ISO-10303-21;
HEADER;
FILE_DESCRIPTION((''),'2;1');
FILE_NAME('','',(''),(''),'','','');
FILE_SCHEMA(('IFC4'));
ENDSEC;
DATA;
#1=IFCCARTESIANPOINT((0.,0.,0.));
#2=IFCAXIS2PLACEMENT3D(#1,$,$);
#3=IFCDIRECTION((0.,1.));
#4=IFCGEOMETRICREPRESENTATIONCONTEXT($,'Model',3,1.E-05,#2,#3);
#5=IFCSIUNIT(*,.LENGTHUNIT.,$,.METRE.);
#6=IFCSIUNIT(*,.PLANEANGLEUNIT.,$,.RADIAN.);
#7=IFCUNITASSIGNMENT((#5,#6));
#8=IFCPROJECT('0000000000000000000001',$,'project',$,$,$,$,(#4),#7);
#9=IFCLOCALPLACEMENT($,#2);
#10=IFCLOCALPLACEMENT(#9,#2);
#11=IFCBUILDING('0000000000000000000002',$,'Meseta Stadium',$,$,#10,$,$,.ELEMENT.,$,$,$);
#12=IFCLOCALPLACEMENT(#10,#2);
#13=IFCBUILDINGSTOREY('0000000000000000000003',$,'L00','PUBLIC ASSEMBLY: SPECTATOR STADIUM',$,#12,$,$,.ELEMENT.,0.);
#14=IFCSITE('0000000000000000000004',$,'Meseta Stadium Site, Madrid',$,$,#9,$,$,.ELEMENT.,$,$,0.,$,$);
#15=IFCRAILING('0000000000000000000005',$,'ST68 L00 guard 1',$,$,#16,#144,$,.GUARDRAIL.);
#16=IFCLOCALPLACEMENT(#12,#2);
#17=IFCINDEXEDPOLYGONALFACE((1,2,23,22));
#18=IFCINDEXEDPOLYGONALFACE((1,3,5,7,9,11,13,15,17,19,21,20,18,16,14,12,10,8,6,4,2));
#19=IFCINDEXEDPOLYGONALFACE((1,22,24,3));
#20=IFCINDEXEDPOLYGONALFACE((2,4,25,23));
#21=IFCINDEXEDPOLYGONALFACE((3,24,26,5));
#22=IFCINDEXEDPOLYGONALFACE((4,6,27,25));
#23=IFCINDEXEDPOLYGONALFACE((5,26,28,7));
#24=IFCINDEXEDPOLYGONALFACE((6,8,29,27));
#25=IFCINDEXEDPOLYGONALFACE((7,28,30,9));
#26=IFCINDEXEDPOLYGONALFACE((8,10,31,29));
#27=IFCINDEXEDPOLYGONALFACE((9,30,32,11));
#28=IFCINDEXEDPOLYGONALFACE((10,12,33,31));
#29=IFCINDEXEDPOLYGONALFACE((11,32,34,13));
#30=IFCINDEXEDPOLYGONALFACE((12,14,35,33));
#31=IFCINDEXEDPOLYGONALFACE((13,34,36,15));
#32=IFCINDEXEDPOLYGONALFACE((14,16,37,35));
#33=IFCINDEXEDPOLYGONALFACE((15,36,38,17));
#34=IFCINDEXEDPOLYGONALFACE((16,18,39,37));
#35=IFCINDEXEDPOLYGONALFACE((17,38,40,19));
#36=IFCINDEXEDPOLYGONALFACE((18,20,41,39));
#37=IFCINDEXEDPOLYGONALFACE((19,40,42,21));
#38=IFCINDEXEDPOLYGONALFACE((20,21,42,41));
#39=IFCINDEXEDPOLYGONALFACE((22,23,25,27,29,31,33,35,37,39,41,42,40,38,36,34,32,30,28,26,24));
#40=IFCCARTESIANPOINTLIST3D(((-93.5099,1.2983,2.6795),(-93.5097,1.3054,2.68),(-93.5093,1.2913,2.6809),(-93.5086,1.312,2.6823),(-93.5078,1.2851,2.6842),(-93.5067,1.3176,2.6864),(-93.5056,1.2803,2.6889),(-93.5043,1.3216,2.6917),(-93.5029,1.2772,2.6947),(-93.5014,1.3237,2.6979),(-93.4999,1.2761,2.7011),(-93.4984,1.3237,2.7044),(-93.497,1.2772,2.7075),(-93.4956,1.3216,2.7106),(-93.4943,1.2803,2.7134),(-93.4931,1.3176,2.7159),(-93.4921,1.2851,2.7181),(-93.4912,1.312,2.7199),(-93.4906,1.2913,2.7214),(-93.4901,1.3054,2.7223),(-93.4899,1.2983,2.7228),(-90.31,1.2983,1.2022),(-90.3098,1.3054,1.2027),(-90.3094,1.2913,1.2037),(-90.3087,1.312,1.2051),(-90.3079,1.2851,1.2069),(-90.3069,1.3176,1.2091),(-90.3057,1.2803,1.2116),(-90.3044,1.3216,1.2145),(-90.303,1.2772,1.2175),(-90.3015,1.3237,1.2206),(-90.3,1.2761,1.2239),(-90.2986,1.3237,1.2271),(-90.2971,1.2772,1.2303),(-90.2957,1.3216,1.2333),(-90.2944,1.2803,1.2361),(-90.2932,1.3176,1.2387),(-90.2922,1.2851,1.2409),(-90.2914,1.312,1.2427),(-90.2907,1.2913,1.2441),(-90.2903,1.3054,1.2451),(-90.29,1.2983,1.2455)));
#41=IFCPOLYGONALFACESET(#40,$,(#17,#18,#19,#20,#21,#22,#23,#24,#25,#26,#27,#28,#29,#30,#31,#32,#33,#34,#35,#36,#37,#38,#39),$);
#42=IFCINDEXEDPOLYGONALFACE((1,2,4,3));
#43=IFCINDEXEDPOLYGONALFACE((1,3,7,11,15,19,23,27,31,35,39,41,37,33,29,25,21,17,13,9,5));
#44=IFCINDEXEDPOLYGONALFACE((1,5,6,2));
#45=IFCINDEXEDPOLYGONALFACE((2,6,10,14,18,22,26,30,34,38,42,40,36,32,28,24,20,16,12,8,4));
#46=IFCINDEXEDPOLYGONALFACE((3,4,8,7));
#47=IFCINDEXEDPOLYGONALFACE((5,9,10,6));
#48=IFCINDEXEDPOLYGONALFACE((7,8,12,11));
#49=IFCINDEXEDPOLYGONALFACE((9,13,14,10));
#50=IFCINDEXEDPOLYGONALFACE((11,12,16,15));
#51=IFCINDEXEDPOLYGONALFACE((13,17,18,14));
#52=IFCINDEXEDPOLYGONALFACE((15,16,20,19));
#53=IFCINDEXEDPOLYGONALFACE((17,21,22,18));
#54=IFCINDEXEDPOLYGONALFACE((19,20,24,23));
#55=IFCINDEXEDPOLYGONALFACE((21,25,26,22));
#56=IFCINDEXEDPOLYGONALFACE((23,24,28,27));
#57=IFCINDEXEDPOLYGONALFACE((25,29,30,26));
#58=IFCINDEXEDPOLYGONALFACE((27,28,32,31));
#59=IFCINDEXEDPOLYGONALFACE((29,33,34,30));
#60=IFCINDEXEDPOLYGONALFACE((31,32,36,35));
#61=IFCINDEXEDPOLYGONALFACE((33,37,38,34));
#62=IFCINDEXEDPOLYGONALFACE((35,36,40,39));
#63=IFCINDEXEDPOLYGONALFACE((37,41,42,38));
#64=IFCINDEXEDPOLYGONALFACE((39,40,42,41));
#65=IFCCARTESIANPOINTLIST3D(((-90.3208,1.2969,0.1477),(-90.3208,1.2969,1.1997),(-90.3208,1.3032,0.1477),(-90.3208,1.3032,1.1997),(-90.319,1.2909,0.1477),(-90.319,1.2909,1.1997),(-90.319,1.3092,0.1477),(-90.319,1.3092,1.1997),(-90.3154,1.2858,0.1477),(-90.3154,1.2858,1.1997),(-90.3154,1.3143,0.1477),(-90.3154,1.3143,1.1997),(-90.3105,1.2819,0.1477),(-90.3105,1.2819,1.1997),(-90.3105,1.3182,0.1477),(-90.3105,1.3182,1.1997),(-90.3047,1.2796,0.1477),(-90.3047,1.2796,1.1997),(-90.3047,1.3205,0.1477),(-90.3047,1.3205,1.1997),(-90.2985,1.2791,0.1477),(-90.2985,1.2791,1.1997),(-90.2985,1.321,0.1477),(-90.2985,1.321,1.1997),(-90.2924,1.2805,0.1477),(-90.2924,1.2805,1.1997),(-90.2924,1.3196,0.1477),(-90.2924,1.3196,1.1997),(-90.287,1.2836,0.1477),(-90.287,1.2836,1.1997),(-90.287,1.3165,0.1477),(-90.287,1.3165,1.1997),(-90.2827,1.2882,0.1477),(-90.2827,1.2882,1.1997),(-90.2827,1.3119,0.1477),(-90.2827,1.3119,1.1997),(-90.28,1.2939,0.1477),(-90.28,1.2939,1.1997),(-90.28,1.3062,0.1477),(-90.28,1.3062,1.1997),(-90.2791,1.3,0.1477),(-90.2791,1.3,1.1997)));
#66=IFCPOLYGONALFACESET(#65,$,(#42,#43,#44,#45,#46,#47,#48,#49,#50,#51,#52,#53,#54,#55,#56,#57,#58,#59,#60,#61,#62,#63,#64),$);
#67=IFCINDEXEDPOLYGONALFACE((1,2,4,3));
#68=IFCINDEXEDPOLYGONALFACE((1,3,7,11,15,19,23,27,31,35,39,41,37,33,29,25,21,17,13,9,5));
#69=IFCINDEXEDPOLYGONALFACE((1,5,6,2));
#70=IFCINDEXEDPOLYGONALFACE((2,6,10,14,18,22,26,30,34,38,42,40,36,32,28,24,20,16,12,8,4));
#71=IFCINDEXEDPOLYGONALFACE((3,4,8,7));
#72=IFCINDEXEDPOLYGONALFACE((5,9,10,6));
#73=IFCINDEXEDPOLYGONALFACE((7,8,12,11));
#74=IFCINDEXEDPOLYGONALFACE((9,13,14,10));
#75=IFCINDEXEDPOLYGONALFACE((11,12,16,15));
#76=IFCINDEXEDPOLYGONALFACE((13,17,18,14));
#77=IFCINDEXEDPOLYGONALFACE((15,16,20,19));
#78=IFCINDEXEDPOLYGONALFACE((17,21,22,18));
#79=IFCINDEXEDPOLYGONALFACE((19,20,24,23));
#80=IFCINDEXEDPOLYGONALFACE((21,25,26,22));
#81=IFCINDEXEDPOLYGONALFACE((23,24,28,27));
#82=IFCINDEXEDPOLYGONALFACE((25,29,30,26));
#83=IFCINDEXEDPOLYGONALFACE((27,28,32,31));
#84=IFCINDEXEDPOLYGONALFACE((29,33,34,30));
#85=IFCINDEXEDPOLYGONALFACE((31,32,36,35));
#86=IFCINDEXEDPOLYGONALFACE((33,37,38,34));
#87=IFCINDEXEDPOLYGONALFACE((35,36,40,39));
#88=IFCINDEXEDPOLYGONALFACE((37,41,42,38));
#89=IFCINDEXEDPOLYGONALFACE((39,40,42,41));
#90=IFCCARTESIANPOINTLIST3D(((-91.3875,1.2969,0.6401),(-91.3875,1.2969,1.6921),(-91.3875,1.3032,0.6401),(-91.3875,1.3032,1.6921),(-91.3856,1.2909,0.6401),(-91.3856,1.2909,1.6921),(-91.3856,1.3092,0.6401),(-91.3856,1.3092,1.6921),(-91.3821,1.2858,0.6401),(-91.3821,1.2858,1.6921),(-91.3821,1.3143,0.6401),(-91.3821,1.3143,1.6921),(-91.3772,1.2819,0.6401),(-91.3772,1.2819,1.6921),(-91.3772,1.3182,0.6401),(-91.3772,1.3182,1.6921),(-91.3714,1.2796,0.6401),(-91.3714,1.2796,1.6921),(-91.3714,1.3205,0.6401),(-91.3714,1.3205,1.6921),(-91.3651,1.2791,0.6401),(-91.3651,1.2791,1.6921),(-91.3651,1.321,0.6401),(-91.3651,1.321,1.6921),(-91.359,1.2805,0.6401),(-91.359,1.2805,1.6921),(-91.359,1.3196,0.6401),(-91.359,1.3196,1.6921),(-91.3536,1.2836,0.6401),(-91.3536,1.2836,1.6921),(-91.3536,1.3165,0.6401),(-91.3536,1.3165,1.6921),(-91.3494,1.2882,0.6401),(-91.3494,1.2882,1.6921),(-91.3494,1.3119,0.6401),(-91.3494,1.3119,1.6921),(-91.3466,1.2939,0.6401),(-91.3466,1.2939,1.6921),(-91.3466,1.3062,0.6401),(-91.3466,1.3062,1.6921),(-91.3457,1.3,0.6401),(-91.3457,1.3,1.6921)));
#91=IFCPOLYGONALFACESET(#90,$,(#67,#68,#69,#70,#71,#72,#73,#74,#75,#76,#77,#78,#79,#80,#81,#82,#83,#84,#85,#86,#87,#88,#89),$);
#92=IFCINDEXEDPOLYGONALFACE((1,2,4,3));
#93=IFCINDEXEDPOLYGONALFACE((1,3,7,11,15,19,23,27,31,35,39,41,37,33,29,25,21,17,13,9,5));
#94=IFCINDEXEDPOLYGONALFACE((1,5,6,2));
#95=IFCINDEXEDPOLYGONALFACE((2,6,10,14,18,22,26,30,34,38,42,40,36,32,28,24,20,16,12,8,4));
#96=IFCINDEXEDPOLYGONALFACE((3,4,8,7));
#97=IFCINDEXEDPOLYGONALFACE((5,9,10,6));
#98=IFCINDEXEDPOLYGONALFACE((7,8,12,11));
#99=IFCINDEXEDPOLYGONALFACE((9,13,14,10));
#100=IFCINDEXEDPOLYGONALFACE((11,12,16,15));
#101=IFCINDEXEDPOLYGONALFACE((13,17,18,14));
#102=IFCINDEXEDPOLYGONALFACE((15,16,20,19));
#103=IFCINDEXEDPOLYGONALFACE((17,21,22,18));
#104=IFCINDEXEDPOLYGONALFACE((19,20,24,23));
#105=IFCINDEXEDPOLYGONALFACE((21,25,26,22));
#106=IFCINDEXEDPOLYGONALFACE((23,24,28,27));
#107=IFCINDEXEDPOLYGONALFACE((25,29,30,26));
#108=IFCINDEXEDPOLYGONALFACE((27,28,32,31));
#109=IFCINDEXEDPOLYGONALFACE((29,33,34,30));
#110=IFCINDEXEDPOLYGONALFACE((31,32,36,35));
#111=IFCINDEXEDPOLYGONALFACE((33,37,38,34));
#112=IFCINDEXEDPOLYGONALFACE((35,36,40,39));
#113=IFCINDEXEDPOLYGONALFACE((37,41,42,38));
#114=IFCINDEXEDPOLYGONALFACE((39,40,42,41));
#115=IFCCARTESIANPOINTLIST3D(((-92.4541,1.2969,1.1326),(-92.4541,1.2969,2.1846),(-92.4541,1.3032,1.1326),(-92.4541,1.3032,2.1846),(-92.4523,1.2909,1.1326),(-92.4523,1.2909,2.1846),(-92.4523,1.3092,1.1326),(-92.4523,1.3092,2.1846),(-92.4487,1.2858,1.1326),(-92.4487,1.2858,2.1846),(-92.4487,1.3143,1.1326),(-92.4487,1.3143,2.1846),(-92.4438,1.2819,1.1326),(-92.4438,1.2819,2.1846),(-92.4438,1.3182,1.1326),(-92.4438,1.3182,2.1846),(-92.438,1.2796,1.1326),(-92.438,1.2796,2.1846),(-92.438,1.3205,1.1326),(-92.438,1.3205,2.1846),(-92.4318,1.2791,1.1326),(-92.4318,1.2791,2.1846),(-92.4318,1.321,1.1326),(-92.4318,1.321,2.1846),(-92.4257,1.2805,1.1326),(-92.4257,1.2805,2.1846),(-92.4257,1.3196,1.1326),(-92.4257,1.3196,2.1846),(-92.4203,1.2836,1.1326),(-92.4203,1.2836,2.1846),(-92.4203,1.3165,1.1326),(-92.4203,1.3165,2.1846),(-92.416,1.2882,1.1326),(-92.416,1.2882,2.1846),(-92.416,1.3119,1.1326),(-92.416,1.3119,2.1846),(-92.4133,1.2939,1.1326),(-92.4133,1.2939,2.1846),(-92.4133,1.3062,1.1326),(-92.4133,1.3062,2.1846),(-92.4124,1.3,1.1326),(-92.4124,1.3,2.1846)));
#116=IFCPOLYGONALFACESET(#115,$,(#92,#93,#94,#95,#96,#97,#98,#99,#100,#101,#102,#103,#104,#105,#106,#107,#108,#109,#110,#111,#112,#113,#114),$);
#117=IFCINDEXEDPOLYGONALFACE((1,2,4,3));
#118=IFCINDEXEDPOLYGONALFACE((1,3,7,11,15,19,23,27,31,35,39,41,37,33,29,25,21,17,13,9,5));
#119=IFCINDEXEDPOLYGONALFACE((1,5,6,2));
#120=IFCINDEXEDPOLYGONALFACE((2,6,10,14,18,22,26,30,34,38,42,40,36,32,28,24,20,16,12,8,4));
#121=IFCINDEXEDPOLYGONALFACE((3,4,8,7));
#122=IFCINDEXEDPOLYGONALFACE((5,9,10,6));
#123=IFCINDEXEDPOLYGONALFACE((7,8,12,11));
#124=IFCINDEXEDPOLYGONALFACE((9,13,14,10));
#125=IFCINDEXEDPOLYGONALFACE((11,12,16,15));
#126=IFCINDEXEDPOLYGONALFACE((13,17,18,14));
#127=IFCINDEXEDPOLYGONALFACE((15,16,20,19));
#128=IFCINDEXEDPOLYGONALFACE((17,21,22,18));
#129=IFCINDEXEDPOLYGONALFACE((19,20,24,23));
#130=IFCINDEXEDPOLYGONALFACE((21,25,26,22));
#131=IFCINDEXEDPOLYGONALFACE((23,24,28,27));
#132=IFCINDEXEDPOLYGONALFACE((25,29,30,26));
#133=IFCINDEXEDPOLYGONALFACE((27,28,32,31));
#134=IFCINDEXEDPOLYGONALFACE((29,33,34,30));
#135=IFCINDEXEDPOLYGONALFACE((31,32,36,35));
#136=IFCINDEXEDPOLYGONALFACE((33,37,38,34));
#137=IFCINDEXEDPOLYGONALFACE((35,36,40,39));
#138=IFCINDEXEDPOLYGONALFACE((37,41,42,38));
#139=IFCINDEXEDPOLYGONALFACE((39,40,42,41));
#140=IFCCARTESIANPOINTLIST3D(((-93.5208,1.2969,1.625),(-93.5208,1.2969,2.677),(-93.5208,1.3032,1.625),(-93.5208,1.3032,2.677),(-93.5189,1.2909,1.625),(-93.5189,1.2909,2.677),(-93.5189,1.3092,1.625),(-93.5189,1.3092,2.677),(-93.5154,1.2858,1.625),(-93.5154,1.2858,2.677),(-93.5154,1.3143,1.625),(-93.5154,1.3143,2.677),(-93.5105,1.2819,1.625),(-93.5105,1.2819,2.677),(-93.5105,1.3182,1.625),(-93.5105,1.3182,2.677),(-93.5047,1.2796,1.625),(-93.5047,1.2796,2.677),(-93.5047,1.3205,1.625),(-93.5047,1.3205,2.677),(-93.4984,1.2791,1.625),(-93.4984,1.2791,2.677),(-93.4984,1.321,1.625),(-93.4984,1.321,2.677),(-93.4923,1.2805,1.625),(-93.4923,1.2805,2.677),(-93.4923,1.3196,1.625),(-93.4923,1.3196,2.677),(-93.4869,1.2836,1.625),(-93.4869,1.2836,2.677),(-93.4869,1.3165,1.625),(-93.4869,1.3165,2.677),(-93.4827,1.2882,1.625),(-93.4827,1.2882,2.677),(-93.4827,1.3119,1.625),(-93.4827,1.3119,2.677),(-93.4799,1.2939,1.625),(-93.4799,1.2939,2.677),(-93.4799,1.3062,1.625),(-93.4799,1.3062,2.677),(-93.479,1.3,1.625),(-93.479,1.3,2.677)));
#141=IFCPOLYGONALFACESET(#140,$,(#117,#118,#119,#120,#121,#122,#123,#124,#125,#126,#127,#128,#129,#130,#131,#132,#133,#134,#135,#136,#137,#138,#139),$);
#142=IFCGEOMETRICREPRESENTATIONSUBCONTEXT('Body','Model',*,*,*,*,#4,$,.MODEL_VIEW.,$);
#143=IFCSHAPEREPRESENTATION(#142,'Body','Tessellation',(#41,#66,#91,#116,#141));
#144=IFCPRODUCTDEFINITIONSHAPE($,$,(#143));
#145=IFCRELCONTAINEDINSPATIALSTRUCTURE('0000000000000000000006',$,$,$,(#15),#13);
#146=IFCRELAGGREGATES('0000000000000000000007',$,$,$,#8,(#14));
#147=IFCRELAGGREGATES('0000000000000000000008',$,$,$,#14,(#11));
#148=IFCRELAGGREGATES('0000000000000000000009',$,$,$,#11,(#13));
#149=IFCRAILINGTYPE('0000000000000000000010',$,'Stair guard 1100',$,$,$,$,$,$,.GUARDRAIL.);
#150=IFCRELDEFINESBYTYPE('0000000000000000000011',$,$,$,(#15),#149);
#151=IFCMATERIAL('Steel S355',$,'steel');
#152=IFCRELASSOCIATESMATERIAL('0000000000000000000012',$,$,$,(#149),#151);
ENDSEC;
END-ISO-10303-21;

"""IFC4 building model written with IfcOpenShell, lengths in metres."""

from ifc_helpers import new_model, si_unit, direction, frame, origin, origin_2d, place, context, subcontext, project, spatial, circle, extrude, material, type_object, element, save


model = new_model("IFC4")

# Units and contexts
model_context = context("Model", 3, precision=1e-05, world=origin(), true_north=direction((0.0, 1.0)))
body_context = subcontext(model_context, "Body", "Model", "MODEL_VIEW")
ifc_project = project(units=[si_unit("LENGTHUNIT", "METRE"), si_unit("PLANEANGLEUNIT", "RADIAN")], contexts=[model_context])

# Site, building, storey
site_placement = place(None, origin())
site = spatial("IfcSite", under=ifc_project, at=site_placement, Name="Meseta Stadium Site, Madrid", CompositionType="ELEMENT", RefElevation=0.0)
building_placement = place(site_placement, origin())
building = spatial("IfcBuilding", under=site, at=building_placement, Name="Meseta Stadium", CompositionType="ELEMENT")
storey_placement = place(building_placement, origin())
storey = spatial("IfcBuildingStorey", under=building, at=storey_placement, Name="L00", Description="PUBLIC ASSEMBLY: SPECTATOR STADIUM", CompositionType="ELEMENT", Elevation=0.0)

# Railing
ifc_material_1 = material(Name="Steel S355", Category="steel")
railing_type_1 = type_object("IfcRailingType", Name="Stair guard 1100", PredefinedType="GUARDRAIL", material=ifc_material_1)
railing_1_placement = place(storey_placement, frame((-90.3, 1.3, 0.1477)))
element("IfcRailing", 1, at=railing_1_placement, inside=storey, type_object=railing_type_1, Name="ST68 L00 guard 1", PredefinedType="GUARDRAIL", context=body_context, shape_type="SweptSolid", body=[
    extrude(circle(Radius=0.0239, at=origin_2d()), frame((0.0, 0.0, 1.0762), z_axis=(-0.907917, 0.0, 0.41915), x_axis=(0.0, -1.0, 0.0)), (0.0, 0.0, 1.0), 3.5244),
    extrude(circle(Radius=0.021, at=origin_2d()), origin(), (0.0, 0.0, 1.0), 1.052),
    extrude(circle(Radius=0.021, at=origin_2d()), frame((-1.0667, 0.0, 0.4924)), (0.0, 0.0, 1.0), 1.052),
    extrude(circle(Radius=0.021, at=origin_2d()), frame((-2.1333, 0.0, 0.9849)), (0.0, 0.0, 1.0), 1.052),
    extrude(circle(Radius=0.021, at=origin_2d()), frame((-3.2, 0.0, 1.4773)), (0.0, 0.0, 1.0), 1.052),
])

save(model, "model.ifc")
